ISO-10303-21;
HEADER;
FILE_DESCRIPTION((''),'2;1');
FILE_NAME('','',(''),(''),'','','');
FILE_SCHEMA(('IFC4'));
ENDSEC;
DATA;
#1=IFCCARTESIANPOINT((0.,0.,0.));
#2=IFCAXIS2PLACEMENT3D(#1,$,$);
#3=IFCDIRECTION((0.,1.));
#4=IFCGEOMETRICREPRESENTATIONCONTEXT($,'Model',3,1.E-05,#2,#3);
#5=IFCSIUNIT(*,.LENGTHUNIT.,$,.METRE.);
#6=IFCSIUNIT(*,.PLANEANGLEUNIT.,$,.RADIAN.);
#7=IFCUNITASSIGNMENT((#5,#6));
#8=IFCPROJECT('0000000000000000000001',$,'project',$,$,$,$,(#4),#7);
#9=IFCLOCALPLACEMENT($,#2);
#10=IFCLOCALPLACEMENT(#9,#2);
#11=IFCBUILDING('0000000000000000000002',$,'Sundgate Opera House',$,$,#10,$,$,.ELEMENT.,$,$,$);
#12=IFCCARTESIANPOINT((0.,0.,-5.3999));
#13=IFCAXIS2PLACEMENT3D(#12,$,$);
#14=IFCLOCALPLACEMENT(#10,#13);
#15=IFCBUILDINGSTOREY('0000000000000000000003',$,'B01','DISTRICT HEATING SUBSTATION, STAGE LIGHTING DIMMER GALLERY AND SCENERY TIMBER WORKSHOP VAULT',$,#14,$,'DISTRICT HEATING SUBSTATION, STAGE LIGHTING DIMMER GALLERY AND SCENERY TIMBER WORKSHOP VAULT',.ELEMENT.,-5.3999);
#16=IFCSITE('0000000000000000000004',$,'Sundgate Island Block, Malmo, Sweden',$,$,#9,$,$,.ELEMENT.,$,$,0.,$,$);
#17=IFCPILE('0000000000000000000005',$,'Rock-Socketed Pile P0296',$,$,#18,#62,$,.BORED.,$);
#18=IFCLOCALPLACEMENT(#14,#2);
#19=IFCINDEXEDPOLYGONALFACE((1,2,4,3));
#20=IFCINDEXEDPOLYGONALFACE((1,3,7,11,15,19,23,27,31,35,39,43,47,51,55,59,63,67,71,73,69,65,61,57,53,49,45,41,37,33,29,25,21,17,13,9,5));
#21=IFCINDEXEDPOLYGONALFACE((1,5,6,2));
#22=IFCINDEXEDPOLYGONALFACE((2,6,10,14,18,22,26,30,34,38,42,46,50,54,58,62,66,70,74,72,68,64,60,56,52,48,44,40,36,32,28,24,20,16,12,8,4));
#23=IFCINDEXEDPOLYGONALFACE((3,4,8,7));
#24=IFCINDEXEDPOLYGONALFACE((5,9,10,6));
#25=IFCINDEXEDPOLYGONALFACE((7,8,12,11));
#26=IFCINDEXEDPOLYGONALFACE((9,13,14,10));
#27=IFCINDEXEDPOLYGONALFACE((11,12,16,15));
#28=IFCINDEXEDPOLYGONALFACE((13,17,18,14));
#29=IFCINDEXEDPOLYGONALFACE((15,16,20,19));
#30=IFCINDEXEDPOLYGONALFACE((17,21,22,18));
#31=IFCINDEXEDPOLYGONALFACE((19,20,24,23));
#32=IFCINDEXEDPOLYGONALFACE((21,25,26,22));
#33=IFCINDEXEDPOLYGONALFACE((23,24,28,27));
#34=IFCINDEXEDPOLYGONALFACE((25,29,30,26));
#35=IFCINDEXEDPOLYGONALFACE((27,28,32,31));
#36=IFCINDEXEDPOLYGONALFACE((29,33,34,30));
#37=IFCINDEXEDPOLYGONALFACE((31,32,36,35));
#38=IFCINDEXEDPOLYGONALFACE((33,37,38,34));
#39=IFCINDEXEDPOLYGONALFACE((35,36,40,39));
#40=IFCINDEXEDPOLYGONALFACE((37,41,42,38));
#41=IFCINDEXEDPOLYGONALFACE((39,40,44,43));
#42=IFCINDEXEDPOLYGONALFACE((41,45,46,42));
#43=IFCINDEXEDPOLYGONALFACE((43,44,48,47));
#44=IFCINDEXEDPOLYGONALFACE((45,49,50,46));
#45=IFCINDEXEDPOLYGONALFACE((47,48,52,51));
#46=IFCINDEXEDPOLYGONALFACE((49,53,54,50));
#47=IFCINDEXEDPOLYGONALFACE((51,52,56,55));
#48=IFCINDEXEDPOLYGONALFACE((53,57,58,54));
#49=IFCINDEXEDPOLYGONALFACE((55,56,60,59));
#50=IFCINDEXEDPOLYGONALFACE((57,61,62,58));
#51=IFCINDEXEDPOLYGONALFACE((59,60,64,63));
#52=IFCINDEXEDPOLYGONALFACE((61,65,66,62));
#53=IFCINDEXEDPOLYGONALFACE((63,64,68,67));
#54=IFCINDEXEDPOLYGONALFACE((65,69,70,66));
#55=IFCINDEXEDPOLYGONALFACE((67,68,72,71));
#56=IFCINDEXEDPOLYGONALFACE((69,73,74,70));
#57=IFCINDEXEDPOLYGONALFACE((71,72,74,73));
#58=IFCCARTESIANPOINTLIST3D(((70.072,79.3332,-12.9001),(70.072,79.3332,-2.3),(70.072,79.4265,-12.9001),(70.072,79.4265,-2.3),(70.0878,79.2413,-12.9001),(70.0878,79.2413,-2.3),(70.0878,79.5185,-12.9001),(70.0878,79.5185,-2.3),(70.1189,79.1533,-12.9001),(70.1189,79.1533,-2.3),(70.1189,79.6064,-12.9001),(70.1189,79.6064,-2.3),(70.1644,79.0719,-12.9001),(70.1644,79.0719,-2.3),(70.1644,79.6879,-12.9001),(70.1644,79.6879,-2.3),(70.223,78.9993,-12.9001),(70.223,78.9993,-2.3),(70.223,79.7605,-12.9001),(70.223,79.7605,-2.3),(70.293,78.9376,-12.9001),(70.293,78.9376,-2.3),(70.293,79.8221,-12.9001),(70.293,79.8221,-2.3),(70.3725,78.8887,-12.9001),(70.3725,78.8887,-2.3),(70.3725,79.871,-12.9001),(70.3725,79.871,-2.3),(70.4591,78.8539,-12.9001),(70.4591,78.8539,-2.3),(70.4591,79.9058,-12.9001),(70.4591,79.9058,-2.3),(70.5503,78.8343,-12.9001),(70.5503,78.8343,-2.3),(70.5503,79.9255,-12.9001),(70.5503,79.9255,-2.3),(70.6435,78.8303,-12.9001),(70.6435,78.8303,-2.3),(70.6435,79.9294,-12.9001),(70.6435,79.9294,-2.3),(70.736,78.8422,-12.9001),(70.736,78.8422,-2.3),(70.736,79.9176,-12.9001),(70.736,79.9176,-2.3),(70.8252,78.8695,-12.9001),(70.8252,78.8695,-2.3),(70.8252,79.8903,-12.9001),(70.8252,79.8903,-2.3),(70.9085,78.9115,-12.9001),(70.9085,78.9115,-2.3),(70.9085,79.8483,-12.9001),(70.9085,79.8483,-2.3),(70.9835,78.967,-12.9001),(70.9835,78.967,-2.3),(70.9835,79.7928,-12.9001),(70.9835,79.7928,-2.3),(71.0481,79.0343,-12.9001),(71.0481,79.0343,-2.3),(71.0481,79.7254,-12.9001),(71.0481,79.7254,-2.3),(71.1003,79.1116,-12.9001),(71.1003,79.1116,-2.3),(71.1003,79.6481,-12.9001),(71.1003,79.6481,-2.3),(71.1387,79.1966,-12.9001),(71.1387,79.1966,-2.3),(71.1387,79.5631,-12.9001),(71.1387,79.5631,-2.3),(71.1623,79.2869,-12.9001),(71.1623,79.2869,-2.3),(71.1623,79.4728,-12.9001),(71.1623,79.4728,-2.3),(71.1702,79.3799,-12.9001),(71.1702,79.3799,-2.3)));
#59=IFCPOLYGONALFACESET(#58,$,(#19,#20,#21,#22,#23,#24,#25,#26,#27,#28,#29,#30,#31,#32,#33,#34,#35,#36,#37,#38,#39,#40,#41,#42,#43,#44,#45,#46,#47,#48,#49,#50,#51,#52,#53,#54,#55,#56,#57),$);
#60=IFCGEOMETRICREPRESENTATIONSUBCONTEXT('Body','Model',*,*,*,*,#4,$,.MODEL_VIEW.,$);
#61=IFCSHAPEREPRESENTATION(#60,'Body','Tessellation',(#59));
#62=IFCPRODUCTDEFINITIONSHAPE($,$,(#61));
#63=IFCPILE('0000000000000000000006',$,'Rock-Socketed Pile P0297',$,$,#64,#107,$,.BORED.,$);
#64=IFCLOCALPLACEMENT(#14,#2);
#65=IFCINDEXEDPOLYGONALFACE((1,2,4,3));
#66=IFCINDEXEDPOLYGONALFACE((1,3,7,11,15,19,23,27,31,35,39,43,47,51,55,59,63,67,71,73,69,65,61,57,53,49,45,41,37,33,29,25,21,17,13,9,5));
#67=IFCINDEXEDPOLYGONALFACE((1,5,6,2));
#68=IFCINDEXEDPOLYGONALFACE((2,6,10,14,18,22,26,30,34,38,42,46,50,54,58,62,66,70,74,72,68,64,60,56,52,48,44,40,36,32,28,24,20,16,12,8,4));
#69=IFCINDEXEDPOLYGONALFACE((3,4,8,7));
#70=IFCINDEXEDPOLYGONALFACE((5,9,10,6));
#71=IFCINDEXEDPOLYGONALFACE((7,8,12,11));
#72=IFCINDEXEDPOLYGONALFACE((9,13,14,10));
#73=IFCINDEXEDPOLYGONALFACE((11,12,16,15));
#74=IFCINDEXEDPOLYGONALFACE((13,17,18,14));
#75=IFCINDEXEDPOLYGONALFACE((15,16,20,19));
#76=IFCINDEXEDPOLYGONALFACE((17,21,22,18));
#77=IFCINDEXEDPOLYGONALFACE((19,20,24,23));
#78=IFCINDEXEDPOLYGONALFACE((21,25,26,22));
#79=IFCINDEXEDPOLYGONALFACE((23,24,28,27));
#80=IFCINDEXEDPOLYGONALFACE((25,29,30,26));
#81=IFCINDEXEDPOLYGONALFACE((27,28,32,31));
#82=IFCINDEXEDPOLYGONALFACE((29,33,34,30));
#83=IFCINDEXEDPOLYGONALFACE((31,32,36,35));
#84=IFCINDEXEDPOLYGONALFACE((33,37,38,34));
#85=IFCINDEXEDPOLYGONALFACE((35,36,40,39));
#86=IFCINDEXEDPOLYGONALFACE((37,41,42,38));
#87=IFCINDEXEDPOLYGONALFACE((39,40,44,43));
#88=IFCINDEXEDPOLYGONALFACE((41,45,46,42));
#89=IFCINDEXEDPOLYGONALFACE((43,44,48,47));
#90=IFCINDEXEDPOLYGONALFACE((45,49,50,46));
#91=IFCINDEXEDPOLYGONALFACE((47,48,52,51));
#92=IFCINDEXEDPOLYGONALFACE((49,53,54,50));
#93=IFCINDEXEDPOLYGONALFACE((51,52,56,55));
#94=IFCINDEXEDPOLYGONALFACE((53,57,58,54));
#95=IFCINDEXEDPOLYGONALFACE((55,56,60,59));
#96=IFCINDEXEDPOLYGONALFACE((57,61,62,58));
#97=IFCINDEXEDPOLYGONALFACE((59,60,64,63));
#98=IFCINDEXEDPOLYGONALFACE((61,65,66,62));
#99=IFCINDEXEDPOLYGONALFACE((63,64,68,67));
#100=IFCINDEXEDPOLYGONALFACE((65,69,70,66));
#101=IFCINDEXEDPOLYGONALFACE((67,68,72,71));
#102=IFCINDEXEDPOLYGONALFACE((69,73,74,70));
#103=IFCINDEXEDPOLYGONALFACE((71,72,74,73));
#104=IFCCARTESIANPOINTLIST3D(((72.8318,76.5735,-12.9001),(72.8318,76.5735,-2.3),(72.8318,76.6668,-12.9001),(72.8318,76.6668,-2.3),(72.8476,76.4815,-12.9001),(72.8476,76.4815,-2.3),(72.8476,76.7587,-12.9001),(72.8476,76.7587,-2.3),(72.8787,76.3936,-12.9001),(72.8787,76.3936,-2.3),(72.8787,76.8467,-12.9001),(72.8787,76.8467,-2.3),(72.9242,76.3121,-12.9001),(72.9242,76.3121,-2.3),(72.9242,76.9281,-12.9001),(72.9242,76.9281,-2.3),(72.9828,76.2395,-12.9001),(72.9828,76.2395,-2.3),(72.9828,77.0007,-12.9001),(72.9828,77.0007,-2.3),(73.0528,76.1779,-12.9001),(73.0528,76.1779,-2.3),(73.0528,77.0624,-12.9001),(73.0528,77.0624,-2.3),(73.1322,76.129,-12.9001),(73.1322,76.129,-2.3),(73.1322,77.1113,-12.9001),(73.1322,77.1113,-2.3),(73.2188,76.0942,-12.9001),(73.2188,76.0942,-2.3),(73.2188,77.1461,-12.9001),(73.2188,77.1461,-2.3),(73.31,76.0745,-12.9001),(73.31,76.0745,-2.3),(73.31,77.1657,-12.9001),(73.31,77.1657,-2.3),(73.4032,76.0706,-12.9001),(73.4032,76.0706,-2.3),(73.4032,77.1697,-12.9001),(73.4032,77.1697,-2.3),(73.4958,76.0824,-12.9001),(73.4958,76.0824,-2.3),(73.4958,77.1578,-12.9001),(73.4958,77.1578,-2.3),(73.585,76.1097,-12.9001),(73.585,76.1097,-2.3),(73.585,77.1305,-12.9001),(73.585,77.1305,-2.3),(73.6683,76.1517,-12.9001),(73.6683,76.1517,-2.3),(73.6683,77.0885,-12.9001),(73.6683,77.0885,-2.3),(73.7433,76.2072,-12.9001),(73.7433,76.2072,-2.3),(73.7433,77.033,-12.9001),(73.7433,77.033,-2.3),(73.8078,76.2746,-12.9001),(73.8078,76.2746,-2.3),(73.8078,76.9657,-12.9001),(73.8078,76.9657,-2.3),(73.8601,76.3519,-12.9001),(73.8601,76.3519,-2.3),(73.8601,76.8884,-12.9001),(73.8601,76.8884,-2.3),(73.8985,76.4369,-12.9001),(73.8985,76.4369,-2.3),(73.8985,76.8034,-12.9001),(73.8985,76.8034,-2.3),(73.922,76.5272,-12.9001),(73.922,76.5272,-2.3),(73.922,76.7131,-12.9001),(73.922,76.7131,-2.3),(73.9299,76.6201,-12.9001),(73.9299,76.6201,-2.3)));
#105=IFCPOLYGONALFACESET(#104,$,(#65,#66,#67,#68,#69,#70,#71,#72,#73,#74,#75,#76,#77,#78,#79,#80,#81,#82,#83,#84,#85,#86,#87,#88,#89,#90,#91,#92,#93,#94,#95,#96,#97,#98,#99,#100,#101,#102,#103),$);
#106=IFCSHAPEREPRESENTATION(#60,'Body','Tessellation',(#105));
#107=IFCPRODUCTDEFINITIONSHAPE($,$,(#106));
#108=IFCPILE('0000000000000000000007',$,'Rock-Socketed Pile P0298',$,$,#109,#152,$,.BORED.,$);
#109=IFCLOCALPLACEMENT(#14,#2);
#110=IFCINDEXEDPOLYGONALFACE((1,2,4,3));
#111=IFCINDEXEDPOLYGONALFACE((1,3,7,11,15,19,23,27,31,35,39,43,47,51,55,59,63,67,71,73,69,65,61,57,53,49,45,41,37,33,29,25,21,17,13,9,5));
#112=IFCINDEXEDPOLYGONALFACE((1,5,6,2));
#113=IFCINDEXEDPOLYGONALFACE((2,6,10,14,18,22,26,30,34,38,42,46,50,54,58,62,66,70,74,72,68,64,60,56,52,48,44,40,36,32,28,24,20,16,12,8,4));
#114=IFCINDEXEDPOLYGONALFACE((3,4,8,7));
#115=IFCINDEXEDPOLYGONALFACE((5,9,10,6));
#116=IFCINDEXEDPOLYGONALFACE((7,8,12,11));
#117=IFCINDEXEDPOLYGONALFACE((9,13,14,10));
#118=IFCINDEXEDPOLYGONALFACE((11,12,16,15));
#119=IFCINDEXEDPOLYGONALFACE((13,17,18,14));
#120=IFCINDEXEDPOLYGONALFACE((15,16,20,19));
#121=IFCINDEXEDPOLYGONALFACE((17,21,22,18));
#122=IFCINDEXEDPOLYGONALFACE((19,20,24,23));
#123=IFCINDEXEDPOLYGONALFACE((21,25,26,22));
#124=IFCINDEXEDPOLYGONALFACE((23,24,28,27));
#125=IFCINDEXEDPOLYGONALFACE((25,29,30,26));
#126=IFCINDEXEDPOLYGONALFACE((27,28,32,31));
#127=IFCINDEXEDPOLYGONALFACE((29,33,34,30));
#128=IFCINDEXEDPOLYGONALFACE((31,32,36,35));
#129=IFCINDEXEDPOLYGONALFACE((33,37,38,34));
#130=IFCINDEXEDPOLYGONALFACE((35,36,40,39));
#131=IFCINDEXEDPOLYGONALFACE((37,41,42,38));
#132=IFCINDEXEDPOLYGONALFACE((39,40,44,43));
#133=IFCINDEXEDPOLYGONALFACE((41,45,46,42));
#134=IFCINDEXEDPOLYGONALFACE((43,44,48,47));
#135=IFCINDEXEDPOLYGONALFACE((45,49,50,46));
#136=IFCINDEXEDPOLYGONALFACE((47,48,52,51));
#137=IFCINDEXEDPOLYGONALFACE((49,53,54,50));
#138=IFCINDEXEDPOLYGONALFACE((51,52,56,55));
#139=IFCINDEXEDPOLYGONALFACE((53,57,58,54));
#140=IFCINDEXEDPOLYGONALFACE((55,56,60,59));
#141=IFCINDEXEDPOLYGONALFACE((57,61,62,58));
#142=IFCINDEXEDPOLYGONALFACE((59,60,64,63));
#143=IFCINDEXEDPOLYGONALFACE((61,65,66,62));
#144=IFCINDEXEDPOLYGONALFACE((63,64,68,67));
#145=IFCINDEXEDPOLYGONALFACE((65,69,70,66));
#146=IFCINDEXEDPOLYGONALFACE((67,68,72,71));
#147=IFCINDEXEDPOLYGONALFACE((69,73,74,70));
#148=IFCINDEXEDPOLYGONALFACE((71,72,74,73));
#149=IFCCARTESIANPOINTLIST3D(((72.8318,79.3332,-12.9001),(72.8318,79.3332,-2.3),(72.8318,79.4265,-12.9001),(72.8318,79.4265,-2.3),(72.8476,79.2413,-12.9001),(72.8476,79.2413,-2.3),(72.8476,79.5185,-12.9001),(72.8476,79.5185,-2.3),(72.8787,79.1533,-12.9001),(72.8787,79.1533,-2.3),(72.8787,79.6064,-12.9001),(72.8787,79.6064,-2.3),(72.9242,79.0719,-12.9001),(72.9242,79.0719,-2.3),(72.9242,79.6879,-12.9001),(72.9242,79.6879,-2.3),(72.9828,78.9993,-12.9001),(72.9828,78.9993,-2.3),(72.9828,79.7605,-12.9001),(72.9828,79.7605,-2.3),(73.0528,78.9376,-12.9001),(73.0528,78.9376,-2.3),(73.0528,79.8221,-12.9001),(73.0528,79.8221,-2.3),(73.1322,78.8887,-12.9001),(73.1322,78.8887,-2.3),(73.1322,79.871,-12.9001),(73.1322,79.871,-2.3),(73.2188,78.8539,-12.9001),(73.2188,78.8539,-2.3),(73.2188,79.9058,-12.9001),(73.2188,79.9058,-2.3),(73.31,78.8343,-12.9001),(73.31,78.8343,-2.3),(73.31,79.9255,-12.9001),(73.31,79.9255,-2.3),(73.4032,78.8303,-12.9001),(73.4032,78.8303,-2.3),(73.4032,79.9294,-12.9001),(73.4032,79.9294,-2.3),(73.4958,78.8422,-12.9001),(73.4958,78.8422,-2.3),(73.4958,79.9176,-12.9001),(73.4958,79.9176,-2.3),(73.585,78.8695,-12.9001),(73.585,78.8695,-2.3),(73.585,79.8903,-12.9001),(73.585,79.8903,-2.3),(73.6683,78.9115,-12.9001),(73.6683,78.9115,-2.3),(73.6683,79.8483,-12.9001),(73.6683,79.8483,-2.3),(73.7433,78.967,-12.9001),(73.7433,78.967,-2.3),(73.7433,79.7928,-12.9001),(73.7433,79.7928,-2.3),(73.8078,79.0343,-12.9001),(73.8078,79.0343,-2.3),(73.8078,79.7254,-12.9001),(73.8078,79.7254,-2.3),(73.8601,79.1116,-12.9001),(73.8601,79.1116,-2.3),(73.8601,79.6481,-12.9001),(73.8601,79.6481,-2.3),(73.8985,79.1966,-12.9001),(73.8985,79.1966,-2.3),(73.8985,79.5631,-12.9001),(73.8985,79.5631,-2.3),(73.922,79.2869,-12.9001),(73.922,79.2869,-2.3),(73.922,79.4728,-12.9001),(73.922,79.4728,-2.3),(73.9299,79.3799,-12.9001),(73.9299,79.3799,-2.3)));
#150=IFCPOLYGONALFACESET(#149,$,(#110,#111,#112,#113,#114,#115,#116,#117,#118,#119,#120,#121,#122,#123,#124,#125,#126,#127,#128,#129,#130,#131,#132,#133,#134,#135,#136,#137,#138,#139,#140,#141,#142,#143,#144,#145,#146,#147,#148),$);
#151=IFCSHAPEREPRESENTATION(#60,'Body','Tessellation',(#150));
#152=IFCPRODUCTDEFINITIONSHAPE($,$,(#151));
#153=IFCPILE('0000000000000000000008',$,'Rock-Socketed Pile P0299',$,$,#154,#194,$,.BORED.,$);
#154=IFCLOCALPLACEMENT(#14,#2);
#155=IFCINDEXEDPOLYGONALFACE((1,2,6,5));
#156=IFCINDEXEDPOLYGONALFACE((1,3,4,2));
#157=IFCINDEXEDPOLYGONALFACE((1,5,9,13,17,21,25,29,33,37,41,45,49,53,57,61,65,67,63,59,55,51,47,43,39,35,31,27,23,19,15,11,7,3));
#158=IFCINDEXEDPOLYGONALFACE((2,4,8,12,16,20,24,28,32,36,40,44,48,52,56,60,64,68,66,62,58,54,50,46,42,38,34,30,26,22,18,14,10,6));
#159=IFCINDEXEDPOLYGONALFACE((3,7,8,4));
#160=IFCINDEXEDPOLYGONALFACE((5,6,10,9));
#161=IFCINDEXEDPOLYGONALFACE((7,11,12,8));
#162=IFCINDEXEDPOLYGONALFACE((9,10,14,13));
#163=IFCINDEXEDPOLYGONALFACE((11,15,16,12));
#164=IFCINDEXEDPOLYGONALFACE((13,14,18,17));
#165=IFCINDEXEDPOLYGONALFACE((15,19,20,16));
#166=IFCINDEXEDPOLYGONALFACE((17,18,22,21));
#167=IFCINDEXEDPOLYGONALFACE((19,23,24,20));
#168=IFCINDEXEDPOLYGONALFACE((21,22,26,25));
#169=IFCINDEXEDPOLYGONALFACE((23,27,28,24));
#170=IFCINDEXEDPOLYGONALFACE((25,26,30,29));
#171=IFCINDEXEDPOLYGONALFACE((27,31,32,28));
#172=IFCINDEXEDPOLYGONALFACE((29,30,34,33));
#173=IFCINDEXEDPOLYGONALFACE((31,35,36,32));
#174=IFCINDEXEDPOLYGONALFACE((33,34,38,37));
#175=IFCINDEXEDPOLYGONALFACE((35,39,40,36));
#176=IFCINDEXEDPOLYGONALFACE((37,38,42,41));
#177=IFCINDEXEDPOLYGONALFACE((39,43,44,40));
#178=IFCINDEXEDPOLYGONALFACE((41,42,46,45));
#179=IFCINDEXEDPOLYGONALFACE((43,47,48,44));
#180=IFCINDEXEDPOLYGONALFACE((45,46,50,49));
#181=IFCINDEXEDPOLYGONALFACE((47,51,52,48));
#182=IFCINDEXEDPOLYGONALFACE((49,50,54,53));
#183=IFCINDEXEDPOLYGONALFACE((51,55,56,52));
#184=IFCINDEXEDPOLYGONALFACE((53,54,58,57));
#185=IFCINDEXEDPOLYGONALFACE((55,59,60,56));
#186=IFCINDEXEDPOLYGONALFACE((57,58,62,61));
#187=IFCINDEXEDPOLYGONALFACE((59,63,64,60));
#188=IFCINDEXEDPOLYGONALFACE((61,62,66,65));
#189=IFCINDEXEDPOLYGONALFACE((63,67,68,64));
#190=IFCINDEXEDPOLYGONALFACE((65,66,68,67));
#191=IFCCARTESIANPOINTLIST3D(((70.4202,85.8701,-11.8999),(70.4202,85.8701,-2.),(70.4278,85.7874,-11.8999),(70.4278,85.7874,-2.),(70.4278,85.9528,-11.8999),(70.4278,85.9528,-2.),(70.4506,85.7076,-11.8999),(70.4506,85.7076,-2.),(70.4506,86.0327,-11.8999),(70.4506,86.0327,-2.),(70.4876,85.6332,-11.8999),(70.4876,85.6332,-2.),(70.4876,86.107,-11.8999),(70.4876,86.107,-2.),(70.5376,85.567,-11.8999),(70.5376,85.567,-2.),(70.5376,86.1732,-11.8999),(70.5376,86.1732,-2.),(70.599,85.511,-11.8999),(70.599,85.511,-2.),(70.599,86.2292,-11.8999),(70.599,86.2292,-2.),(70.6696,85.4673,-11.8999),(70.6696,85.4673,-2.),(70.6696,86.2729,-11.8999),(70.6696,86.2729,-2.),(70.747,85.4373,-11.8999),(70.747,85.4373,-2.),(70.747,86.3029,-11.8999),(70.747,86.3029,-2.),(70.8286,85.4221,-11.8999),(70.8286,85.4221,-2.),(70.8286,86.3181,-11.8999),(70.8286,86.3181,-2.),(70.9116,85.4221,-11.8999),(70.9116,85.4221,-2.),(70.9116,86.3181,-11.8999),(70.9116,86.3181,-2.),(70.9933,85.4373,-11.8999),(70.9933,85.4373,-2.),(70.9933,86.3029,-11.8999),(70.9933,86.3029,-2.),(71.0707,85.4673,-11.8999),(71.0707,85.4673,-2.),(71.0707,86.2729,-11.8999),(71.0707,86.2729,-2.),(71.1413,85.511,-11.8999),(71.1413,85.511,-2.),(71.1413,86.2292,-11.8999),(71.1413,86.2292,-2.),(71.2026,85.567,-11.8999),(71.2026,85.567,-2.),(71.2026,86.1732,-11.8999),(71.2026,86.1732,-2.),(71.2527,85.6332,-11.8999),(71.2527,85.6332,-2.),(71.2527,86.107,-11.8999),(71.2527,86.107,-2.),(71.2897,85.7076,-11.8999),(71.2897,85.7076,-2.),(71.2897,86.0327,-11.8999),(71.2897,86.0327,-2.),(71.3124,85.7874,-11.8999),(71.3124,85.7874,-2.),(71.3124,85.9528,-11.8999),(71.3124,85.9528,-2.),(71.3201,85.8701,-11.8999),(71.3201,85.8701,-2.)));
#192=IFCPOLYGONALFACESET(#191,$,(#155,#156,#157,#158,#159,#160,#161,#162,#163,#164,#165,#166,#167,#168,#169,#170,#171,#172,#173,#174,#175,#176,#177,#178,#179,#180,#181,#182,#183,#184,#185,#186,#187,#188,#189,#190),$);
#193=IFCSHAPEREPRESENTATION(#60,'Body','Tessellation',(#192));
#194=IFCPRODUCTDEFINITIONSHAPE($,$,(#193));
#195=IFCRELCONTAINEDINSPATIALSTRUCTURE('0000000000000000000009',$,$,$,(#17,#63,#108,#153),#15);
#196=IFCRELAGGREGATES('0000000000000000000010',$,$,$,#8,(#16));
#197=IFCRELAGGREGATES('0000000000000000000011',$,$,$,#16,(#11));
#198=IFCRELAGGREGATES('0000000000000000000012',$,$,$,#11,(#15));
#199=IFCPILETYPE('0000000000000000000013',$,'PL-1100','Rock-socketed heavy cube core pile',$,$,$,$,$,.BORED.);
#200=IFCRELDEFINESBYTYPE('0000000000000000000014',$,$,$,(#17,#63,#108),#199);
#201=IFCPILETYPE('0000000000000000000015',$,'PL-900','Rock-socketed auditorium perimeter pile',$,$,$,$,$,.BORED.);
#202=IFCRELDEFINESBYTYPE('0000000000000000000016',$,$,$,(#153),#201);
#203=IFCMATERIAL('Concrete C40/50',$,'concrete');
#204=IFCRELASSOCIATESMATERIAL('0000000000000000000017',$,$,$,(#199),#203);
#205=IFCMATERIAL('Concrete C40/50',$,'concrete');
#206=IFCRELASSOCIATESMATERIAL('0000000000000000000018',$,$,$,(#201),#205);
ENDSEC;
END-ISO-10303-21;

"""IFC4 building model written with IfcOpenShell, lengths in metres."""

from ifc_helpers import new_model, si_unit, direction, frame, origin, origin_2d, place, context, subcontext, project, spatial, circle, extrude, material, material_profile, profile_set, type_object, element, save


model = new_model("IFC4")

# Units and contexts
model_context = context("Model", 3, precision=1e-05, world=origin(), true_north=direction((0.0, 1.0)))
body_context = subcontext(model_context, "Body", "Model", "MODEL_VIEW")
ifc_project = project(units=[si_unit("LENGTHUNIT", "METRE"), si_unit("PLANEANGLEUNIT", "RADIAN")], contexts=[model_context])

# Site, building, storey
site_placement = place(None, origin())
site = spatial("IfcSite", under=ifc_project, at=site_placement, Name="Sundgate Island Block, Malmo, Sweden", CompositionType="ELEMENT", RefElevation=0.0)
building_placement = place(site_placement, origin())
building = spatial("IfcBuilding", under=site, at=building_placement, Name="Sundgate Opera House", CompositionType="ELEMENT")
storey_placement = place(building_placement, frame((0.0, 0.0, -5.3999)))
storey = spatial("IfcBuildingStorey", under=building, at=storey_placement, Name="B01", Description="DISTRICT HEATING SUBSTATION, STAGE LIGHTING DIMMER GALLERY AND SCENERY TIMBER WORKSHOP VAULT", LongName="DISTRICT HEATING SUBSTATION, STAGE LIGHTING DIMMER GALLERY AND SCENERY TIMBER WORKSHOP VAULT", CompositionType="ELEMENT", Elevation=-5.3999)

# Piles
ifc_material_1 = material(Name="Concrete C40/50", Category="concrete")
ifc_material_profile_1 = material_profile(ifc_material_1, circle(Radius=0.55, at=origin_2d()), Name="PILE D1100")
ifc_profile_set_1 = profile_set([ifc_material_profile_1], Name="Concrete C40/50")
pile_type_1 = type_object("IfcPileType", Name="PL-1100", Description="Rock-socketed heavy cube core pile", PredefinedType="BORED", material=ifc_profile_set_1)
for number, where, z_axis, x_axis, name in (
    (1, (70.6201, 79.3799, -2.3), (0.0, 0.0, -1.0), (1.0, 0.0, 0.0), "Rock-Socketed Pile P0296"),
    (2, (73.3799, 76.6201, -2.3), (0.0, 0.0, -1.0), (1.0, 0.0, 0.0), "Rock-Socketed Pile P0297"),
    (3, (73.3799, 79.3799, -2.3), (0.0, 0.0, -1.0), (1.0, 0.0, 0.0), "Rock-Socketed Pile P0298"),
):
    element("IfcPile", number, at=place(storey_placement, frame(where, z_axis=z_axis, x_axis=x_axis)), inside=storey, type_object=pile_type_1, Name=name, PredefinedType="BORED", context=body_context, shape_type="SweptSolid", body=[
        extrude(circle(Radius=0.55, at=origin_2d()), origin(), (0.0, 0.0, 1.0), 10.6001),
    ])
ifc_material_2 = material(Name="Concrete C40/50", Category="concrete")
ifc_material_profile_2 = material_profile(ifc_material_2, circle(Radius=0.45, at=origin_2d()), Name="PILE D900")
ifc_profile_set_2 = profile_set([ifc_material_profile_2], Name="Concrete C40/50")
pile_type_2 = type_object("IfcPileType", Name="PL-900", Description="Rock-socketed auditorium perimeter pile", PredefinedType="BORED", material=ifc_profile_set_2)
for number, where, z_axis, x_axis, name in (
    (4, (70.8701, 85.8701, -2.0), (0.0, 0.0, -1.0), (1.0, 0.0, 0.0), "Rock-Socketed Pile P0299"),
):
    element("IfcPile", number, at=place(storey_placement, frame(where, z_axis=z_axis, x_axis=x_axis)), inside=storey, type_object=pile_type_2, Name=name, PredefinedType="BORED", context=body_context, shape_type="SweptSolid", body=[
        extrude(circle(Radius=0.45, at=origin_2d()), origin(), (0.0, 0.0, 1.0), 9.8999),
    ])

save(model, "model.ifc")
